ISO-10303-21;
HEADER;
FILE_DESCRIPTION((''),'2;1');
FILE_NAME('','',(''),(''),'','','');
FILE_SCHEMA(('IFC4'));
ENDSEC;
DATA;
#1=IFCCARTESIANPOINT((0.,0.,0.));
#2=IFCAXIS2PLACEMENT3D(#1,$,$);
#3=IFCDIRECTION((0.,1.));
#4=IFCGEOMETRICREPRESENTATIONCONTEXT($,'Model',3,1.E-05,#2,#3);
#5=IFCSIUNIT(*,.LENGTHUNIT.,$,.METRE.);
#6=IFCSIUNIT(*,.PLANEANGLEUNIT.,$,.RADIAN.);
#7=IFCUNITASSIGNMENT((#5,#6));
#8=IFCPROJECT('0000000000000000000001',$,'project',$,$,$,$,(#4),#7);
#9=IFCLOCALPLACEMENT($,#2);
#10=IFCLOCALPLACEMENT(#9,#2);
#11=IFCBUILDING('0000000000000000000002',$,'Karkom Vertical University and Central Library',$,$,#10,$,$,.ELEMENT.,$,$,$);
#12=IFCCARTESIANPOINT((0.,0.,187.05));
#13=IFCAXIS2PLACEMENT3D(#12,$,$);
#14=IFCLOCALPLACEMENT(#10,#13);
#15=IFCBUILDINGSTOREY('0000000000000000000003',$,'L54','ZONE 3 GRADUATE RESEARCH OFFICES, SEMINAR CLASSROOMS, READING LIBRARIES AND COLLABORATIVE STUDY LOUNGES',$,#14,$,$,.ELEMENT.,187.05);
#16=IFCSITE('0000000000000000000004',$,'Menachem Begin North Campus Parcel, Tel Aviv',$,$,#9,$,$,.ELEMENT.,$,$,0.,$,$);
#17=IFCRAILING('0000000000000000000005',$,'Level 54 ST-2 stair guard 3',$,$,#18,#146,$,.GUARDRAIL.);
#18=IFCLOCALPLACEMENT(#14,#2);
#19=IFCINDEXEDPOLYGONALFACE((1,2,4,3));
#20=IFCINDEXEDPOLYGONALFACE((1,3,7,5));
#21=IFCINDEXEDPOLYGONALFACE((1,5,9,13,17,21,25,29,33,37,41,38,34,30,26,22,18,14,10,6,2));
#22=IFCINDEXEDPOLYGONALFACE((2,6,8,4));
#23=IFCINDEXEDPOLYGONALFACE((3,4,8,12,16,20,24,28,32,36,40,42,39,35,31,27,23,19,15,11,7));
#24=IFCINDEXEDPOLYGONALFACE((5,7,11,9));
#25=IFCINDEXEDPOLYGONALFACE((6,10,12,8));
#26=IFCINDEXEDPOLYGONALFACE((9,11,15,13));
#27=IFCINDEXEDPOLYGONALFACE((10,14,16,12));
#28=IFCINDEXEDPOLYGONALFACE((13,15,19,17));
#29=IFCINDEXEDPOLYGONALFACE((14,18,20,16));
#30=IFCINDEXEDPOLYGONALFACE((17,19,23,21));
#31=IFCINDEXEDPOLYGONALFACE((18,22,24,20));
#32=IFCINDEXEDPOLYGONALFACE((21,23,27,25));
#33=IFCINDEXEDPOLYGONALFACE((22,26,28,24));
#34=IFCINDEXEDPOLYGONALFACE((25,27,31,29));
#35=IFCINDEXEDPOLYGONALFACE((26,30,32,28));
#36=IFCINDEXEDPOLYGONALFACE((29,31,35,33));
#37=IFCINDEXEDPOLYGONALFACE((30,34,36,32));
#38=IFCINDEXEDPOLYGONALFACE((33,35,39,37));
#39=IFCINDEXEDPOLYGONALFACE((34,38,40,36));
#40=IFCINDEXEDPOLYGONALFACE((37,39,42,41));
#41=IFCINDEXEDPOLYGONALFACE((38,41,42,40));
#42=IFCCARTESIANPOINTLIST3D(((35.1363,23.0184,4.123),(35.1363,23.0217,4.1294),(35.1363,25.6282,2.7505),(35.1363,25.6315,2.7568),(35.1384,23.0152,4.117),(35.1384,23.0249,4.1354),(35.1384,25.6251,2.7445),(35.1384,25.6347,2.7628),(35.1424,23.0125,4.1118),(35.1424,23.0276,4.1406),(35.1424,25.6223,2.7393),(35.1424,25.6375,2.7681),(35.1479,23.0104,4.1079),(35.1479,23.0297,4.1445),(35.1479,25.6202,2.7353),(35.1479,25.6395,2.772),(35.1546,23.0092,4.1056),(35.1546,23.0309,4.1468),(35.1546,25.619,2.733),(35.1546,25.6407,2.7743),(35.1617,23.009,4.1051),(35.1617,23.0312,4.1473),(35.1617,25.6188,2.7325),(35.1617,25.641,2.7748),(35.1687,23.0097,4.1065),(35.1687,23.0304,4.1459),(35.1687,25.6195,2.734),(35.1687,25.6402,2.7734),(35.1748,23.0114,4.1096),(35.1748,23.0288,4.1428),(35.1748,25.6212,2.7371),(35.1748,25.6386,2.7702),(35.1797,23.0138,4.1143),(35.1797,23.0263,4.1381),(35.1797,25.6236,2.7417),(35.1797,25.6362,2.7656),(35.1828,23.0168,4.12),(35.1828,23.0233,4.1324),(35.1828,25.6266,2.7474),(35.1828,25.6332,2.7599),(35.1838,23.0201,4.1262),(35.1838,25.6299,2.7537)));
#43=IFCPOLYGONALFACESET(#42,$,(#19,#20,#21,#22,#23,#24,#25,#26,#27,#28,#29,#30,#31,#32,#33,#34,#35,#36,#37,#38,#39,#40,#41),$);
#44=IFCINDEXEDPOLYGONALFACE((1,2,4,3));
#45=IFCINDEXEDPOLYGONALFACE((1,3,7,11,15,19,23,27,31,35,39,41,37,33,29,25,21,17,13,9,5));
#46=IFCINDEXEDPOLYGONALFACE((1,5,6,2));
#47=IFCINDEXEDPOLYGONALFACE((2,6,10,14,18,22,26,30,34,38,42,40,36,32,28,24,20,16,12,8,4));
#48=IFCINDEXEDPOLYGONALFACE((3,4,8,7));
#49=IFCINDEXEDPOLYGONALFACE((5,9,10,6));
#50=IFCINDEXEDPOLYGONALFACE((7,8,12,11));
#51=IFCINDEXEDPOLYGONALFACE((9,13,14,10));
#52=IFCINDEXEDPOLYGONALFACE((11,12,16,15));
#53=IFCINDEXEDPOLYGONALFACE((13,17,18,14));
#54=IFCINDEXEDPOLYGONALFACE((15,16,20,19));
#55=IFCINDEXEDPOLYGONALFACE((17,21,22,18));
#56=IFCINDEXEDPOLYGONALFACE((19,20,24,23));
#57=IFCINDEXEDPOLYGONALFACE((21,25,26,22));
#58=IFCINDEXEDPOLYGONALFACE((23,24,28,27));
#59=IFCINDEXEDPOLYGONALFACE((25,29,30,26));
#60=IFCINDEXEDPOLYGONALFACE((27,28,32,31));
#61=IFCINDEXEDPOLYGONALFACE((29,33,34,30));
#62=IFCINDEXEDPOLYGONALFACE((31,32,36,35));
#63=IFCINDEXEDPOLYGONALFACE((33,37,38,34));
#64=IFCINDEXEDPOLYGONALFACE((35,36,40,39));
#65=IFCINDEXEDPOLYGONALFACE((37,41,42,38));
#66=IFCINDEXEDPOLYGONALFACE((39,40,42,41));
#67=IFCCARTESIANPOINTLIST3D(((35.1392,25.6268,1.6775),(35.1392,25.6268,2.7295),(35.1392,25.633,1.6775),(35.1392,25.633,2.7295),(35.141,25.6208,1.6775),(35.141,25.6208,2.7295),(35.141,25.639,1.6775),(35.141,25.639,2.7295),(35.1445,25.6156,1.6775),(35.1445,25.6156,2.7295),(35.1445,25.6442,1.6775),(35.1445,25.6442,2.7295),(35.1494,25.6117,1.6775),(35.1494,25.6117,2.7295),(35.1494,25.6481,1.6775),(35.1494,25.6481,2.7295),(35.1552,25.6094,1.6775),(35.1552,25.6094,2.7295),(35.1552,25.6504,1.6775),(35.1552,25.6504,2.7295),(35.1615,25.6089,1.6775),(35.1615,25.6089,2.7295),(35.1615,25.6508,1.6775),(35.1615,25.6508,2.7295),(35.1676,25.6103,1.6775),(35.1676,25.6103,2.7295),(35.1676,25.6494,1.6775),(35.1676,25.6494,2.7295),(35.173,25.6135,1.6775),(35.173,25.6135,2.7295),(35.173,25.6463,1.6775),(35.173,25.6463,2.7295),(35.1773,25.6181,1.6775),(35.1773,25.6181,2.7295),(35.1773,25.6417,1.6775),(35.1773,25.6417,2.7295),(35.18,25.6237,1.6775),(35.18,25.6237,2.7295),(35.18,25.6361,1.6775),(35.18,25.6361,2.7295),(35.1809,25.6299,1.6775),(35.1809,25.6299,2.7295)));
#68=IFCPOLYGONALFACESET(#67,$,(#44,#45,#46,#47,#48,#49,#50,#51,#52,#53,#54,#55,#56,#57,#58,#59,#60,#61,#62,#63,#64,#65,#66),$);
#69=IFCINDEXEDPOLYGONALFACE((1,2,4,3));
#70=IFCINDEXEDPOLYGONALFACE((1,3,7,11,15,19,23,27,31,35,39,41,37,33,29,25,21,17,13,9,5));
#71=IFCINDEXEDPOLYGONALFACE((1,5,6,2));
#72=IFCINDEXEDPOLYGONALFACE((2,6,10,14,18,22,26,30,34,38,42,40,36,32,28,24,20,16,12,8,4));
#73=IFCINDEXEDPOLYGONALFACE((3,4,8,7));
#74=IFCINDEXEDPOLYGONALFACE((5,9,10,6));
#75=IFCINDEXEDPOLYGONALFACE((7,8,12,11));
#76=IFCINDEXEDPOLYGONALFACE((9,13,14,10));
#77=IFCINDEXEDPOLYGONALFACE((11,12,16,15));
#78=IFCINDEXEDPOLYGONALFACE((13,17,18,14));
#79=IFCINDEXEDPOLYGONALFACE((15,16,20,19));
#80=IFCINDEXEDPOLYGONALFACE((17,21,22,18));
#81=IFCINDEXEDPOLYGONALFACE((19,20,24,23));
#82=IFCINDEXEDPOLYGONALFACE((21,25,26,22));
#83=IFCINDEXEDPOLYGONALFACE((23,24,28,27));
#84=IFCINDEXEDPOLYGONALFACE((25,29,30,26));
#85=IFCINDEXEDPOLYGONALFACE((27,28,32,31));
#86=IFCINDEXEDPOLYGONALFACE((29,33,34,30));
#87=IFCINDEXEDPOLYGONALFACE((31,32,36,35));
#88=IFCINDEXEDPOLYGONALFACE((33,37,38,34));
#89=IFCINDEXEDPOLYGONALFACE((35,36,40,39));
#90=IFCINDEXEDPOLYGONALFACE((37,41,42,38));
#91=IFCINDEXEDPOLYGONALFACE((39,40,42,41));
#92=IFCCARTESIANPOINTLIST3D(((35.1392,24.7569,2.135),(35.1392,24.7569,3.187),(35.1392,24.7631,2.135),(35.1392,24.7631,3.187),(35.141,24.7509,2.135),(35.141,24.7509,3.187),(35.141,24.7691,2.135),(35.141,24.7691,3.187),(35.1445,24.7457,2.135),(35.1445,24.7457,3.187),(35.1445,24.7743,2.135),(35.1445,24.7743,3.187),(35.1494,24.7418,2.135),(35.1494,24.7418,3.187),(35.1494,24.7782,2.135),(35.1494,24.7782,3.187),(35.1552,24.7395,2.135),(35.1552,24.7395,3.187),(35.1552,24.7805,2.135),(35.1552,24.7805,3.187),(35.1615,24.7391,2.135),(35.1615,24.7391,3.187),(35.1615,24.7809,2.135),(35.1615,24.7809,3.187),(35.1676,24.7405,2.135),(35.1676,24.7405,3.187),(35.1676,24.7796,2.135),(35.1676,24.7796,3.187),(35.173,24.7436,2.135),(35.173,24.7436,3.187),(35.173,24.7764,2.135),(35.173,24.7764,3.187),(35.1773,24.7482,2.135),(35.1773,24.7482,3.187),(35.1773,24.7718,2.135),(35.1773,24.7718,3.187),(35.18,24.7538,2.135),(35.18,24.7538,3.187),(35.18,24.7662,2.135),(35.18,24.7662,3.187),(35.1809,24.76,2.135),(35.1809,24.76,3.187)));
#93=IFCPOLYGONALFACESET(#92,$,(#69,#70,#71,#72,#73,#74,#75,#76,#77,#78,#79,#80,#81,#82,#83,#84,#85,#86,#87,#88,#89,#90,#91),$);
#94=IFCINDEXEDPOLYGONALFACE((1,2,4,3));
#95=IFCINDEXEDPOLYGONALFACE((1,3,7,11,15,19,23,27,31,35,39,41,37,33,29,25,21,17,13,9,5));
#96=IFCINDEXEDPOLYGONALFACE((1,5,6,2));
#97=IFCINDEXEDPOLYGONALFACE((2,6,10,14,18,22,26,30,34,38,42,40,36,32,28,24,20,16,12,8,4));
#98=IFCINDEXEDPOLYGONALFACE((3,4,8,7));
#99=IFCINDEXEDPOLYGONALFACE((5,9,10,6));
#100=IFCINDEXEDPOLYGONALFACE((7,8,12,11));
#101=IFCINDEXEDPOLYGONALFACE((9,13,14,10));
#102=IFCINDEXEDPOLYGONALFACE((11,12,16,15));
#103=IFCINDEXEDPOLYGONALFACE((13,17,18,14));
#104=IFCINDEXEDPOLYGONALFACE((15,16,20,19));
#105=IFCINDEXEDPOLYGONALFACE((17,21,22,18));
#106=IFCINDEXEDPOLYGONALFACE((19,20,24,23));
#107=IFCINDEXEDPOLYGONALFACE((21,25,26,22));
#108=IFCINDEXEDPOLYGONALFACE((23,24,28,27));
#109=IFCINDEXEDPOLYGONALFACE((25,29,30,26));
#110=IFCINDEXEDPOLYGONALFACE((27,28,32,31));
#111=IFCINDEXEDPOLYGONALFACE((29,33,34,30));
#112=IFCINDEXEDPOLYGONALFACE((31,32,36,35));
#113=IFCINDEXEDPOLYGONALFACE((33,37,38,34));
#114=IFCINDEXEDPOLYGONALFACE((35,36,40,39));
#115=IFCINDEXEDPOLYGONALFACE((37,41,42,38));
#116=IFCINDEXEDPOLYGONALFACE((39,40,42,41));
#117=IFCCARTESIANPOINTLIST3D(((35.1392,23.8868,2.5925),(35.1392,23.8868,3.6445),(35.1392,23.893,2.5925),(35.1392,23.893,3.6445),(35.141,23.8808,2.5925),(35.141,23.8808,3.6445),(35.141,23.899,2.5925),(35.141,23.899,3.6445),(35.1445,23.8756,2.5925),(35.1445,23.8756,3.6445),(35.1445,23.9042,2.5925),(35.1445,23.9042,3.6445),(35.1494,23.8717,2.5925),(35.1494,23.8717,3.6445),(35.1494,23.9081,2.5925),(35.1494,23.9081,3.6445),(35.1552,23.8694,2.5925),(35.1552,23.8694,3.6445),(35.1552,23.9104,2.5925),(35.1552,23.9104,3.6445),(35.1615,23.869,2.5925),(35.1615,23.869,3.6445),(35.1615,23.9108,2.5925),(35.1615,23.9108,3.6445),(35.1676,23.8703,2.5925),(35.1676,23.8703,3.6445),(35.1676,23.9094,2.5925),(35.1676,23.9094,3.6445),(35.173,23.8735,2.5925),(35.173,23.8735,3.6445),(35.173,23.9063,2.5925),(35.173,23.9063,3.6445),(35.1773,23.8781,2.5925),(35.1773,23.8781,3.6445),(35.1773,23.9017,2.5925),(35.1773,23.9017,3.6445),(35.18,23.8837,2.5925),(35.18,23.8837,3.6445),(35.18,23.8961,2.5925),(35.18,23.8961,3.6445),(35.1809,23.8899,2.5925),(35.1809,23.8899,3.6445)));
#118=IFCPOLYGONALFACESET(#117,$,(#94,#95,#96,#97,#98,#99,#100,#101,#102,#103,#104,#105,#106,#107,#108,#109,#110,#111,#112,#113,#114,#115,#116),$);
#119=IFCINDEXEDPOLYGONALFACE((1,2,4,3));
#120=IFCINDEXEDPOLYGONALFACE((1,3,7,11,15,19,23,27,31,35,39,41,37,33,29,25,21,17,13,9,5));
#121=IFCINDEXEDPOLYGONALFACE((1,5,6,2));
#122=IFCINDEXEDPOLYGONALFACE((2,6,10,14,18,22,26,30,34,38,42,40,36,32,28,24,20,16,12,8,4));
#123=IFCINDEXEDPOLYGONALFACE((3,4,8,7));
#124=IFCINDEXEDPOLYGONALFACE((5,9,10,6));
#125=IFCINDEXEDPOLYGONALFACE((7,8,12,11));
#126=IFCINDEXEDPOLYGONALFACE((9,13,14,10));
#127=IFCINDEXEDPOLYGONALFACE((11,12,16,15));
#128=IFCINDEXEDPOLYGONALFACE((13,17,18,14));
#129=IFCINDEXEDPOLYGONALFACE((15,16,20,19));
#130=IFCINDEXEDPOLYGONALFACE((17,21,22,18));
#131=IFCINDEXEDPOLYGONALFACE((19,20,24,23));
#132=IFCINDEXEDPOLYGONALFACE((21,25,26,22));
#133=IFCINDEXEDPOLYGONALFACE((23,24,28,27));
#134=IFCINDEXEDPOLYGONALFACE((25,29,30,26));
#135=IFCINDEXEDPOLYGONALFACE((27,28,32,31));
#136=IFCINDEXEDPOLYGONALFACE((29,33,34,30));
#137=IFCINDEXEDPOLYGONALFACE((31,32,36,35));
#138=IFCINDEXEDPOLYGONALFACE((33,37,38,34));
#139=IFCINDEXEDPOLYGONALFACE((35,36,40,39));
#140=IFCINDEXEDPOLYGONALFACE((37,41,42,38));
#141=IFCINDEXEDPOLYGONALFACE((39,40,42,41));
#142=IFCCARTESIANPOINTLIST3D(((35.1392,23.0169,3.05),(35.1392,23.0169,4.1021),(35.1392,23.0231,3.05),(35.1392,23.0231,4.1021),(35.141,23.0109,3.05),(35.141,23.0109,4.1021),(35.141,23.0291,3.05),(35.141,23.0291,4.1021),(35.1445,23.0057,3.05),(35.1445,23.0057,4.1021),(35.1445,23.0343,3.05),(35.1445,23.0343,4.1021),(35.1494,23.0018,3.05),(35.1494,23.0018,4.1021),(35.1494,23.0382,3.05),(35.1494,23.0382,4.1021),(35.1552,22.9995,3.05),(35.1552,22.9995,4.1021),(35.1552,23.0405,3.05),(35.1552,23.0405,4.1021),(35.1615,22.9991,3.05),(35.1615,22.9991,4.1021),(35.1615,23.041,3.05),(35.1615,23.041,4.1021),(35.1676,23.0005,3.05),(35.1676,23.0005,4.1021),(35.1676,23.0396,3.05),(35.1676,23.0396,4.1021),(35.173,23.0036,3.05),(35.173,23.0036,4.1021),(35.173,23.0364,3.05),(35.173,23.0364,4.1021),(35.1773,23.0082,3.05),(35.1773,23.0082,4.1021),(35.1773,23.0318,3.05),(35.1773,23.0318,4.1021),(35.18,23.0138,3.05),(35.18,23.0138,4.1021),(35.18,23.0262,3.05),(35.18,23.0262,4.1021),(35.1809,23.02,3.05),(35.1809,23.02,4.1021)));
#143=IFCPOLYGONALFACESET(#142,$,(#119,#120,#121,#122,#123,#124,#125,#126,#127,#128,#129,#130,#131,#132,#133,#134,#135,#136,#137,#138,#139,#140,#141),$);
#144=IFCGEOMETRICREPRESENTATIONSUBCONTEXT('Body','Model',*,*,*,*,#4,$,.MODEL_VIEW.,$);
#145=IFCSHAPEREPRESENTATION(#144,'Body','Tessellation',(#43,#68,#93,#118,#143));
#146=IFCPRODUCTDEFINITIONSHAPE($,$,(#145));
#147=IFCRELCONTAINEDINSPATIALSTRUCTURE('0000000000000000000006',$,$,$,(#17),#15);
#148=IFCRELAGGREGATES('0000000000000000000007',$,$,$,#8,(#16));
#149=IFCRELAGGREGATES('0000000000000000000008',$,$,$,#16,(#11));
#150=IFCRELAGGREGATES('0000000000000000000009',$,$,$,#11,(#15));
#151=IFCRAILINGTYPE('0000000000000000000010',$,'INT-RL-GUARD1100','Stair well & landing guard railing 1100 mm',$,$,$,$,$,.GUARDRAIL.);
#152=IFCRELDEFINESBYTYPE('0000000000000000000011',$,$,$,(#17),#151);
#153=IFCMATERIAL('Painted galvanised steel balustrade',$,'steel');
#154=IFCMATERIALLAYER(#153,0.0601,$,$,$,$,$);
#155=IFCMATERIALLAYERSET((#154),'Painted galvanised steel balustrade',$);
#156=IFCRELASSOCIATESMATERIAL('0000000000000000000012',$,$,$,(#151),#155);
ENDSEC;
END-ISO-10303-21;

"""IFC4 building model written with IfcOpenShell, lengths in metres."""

from ifc_helpers import new_model, si_unit, direction, frame, origin, origin_2d, place, context, subcontext, project, spatial, circle, extrude, material, layer, layer_set, type_object, element, save


model = new_model("IFC4")

# Units and contexts
model_context = context("Model", 3, precision=1e-05, world=origin(), true_north=direction((0.0, 1.0)))
body_context = subcontext(model_context, "Body", "Model", "MODEL_VIEW")
ifc_project = project(units=[si_unit("LENGTHUNIT", "METRE"), si_unit("PLANEANGLEUNIT", "RADIAN")], contexts=[model_context])

# Site, building, storey
site_placement = place(None, origin())
site = spatial("IfcSite", under=ifc_project, at=site_placement, Name="Menachem Begin North Campus Parcel, Tel Aviv", CompositionType="ELEMENT", RefElevation=0.0)
building_placement = place(site_placement, origin())
building = spatial("IfcBuilding", under=site, at=building_placement, Name="Karkom Vertical University and Central Library", CompositionType="ELEMENT")
storey_placement = place(building_placement, frame((0.0, 0.0, 187.05)))
storey = spatial("IfcBuildingStorey", under=building, at=storey_placement, Name="L54", Description="ZONE 3 GRADUATE RESEARCH OFFICES, SEMINAR CLASSROOMS, READING LIBRARIES AND COLLABORATIVE STUDY LOUNGES", CompositionType="ELEMENT", Elevation=187.05)

# Railing
ifc_material_1 = material(Name="Painted galvanised steel balustrade", Category="steel")
ifc_layer_1 = layer(ifc_material_1, 0.0601)
ifc_layer_set_1 = layer_set([ifc_layer_1], Name="Painted galvanised steel balustrade")
railing_type_1 = type_object("IfcRailingType", Name="INT-RL-GUARD1100", Description="Stair well & landing guard railing 1100 mm", PredefinedType="GUARDRAIL", material=ifc_layer_set_1)
railing_1_placement = place(storey_placement, frame((35.1599, 25.6299, 1.6775)))
element("IfcRailing", 1, at=railing_1_placement, inside=storey, type_object=railing_type_1, Name="Level 54 ST-2 stair guard 3", PredefinedType="GUARDRAIL", context=body_context, shape_type="SweptSolid", body=[
    extrude(circle(Radius=0.0239, at=origin_2d()), frame((0.0, 0.0, 1.0762), z_axis=(0.0, -0.885065, 0.465467), x_axis=(1.0, 0.0, 0.0)), (0.0, 0.0, 1.0), 2.9487),
    extrude(circle(Radius=0.021, at=origin_2d()), origin(), (0.0, 0.0, 1.0), 1.052),
    extrude(circle(Radius=0.021, at=origin_2d()), frame((0.0, -0.8699, 0.4575)), (0.0, 0.0, 1.0), 1.052),
    extrude(circle(Radius=0.021, at=origin_2d()), frame((0.0, -1.74, 0.915)), (0.0, 0.0, 1.0), 1.052),
    extrude(circle(Radius=0.021, at=origin_2d()), frame((0.0, -2.6099, 1.3726)), (0.0, 0.0, 1.0), 1.052),
])

save(model, "model.ifc")
